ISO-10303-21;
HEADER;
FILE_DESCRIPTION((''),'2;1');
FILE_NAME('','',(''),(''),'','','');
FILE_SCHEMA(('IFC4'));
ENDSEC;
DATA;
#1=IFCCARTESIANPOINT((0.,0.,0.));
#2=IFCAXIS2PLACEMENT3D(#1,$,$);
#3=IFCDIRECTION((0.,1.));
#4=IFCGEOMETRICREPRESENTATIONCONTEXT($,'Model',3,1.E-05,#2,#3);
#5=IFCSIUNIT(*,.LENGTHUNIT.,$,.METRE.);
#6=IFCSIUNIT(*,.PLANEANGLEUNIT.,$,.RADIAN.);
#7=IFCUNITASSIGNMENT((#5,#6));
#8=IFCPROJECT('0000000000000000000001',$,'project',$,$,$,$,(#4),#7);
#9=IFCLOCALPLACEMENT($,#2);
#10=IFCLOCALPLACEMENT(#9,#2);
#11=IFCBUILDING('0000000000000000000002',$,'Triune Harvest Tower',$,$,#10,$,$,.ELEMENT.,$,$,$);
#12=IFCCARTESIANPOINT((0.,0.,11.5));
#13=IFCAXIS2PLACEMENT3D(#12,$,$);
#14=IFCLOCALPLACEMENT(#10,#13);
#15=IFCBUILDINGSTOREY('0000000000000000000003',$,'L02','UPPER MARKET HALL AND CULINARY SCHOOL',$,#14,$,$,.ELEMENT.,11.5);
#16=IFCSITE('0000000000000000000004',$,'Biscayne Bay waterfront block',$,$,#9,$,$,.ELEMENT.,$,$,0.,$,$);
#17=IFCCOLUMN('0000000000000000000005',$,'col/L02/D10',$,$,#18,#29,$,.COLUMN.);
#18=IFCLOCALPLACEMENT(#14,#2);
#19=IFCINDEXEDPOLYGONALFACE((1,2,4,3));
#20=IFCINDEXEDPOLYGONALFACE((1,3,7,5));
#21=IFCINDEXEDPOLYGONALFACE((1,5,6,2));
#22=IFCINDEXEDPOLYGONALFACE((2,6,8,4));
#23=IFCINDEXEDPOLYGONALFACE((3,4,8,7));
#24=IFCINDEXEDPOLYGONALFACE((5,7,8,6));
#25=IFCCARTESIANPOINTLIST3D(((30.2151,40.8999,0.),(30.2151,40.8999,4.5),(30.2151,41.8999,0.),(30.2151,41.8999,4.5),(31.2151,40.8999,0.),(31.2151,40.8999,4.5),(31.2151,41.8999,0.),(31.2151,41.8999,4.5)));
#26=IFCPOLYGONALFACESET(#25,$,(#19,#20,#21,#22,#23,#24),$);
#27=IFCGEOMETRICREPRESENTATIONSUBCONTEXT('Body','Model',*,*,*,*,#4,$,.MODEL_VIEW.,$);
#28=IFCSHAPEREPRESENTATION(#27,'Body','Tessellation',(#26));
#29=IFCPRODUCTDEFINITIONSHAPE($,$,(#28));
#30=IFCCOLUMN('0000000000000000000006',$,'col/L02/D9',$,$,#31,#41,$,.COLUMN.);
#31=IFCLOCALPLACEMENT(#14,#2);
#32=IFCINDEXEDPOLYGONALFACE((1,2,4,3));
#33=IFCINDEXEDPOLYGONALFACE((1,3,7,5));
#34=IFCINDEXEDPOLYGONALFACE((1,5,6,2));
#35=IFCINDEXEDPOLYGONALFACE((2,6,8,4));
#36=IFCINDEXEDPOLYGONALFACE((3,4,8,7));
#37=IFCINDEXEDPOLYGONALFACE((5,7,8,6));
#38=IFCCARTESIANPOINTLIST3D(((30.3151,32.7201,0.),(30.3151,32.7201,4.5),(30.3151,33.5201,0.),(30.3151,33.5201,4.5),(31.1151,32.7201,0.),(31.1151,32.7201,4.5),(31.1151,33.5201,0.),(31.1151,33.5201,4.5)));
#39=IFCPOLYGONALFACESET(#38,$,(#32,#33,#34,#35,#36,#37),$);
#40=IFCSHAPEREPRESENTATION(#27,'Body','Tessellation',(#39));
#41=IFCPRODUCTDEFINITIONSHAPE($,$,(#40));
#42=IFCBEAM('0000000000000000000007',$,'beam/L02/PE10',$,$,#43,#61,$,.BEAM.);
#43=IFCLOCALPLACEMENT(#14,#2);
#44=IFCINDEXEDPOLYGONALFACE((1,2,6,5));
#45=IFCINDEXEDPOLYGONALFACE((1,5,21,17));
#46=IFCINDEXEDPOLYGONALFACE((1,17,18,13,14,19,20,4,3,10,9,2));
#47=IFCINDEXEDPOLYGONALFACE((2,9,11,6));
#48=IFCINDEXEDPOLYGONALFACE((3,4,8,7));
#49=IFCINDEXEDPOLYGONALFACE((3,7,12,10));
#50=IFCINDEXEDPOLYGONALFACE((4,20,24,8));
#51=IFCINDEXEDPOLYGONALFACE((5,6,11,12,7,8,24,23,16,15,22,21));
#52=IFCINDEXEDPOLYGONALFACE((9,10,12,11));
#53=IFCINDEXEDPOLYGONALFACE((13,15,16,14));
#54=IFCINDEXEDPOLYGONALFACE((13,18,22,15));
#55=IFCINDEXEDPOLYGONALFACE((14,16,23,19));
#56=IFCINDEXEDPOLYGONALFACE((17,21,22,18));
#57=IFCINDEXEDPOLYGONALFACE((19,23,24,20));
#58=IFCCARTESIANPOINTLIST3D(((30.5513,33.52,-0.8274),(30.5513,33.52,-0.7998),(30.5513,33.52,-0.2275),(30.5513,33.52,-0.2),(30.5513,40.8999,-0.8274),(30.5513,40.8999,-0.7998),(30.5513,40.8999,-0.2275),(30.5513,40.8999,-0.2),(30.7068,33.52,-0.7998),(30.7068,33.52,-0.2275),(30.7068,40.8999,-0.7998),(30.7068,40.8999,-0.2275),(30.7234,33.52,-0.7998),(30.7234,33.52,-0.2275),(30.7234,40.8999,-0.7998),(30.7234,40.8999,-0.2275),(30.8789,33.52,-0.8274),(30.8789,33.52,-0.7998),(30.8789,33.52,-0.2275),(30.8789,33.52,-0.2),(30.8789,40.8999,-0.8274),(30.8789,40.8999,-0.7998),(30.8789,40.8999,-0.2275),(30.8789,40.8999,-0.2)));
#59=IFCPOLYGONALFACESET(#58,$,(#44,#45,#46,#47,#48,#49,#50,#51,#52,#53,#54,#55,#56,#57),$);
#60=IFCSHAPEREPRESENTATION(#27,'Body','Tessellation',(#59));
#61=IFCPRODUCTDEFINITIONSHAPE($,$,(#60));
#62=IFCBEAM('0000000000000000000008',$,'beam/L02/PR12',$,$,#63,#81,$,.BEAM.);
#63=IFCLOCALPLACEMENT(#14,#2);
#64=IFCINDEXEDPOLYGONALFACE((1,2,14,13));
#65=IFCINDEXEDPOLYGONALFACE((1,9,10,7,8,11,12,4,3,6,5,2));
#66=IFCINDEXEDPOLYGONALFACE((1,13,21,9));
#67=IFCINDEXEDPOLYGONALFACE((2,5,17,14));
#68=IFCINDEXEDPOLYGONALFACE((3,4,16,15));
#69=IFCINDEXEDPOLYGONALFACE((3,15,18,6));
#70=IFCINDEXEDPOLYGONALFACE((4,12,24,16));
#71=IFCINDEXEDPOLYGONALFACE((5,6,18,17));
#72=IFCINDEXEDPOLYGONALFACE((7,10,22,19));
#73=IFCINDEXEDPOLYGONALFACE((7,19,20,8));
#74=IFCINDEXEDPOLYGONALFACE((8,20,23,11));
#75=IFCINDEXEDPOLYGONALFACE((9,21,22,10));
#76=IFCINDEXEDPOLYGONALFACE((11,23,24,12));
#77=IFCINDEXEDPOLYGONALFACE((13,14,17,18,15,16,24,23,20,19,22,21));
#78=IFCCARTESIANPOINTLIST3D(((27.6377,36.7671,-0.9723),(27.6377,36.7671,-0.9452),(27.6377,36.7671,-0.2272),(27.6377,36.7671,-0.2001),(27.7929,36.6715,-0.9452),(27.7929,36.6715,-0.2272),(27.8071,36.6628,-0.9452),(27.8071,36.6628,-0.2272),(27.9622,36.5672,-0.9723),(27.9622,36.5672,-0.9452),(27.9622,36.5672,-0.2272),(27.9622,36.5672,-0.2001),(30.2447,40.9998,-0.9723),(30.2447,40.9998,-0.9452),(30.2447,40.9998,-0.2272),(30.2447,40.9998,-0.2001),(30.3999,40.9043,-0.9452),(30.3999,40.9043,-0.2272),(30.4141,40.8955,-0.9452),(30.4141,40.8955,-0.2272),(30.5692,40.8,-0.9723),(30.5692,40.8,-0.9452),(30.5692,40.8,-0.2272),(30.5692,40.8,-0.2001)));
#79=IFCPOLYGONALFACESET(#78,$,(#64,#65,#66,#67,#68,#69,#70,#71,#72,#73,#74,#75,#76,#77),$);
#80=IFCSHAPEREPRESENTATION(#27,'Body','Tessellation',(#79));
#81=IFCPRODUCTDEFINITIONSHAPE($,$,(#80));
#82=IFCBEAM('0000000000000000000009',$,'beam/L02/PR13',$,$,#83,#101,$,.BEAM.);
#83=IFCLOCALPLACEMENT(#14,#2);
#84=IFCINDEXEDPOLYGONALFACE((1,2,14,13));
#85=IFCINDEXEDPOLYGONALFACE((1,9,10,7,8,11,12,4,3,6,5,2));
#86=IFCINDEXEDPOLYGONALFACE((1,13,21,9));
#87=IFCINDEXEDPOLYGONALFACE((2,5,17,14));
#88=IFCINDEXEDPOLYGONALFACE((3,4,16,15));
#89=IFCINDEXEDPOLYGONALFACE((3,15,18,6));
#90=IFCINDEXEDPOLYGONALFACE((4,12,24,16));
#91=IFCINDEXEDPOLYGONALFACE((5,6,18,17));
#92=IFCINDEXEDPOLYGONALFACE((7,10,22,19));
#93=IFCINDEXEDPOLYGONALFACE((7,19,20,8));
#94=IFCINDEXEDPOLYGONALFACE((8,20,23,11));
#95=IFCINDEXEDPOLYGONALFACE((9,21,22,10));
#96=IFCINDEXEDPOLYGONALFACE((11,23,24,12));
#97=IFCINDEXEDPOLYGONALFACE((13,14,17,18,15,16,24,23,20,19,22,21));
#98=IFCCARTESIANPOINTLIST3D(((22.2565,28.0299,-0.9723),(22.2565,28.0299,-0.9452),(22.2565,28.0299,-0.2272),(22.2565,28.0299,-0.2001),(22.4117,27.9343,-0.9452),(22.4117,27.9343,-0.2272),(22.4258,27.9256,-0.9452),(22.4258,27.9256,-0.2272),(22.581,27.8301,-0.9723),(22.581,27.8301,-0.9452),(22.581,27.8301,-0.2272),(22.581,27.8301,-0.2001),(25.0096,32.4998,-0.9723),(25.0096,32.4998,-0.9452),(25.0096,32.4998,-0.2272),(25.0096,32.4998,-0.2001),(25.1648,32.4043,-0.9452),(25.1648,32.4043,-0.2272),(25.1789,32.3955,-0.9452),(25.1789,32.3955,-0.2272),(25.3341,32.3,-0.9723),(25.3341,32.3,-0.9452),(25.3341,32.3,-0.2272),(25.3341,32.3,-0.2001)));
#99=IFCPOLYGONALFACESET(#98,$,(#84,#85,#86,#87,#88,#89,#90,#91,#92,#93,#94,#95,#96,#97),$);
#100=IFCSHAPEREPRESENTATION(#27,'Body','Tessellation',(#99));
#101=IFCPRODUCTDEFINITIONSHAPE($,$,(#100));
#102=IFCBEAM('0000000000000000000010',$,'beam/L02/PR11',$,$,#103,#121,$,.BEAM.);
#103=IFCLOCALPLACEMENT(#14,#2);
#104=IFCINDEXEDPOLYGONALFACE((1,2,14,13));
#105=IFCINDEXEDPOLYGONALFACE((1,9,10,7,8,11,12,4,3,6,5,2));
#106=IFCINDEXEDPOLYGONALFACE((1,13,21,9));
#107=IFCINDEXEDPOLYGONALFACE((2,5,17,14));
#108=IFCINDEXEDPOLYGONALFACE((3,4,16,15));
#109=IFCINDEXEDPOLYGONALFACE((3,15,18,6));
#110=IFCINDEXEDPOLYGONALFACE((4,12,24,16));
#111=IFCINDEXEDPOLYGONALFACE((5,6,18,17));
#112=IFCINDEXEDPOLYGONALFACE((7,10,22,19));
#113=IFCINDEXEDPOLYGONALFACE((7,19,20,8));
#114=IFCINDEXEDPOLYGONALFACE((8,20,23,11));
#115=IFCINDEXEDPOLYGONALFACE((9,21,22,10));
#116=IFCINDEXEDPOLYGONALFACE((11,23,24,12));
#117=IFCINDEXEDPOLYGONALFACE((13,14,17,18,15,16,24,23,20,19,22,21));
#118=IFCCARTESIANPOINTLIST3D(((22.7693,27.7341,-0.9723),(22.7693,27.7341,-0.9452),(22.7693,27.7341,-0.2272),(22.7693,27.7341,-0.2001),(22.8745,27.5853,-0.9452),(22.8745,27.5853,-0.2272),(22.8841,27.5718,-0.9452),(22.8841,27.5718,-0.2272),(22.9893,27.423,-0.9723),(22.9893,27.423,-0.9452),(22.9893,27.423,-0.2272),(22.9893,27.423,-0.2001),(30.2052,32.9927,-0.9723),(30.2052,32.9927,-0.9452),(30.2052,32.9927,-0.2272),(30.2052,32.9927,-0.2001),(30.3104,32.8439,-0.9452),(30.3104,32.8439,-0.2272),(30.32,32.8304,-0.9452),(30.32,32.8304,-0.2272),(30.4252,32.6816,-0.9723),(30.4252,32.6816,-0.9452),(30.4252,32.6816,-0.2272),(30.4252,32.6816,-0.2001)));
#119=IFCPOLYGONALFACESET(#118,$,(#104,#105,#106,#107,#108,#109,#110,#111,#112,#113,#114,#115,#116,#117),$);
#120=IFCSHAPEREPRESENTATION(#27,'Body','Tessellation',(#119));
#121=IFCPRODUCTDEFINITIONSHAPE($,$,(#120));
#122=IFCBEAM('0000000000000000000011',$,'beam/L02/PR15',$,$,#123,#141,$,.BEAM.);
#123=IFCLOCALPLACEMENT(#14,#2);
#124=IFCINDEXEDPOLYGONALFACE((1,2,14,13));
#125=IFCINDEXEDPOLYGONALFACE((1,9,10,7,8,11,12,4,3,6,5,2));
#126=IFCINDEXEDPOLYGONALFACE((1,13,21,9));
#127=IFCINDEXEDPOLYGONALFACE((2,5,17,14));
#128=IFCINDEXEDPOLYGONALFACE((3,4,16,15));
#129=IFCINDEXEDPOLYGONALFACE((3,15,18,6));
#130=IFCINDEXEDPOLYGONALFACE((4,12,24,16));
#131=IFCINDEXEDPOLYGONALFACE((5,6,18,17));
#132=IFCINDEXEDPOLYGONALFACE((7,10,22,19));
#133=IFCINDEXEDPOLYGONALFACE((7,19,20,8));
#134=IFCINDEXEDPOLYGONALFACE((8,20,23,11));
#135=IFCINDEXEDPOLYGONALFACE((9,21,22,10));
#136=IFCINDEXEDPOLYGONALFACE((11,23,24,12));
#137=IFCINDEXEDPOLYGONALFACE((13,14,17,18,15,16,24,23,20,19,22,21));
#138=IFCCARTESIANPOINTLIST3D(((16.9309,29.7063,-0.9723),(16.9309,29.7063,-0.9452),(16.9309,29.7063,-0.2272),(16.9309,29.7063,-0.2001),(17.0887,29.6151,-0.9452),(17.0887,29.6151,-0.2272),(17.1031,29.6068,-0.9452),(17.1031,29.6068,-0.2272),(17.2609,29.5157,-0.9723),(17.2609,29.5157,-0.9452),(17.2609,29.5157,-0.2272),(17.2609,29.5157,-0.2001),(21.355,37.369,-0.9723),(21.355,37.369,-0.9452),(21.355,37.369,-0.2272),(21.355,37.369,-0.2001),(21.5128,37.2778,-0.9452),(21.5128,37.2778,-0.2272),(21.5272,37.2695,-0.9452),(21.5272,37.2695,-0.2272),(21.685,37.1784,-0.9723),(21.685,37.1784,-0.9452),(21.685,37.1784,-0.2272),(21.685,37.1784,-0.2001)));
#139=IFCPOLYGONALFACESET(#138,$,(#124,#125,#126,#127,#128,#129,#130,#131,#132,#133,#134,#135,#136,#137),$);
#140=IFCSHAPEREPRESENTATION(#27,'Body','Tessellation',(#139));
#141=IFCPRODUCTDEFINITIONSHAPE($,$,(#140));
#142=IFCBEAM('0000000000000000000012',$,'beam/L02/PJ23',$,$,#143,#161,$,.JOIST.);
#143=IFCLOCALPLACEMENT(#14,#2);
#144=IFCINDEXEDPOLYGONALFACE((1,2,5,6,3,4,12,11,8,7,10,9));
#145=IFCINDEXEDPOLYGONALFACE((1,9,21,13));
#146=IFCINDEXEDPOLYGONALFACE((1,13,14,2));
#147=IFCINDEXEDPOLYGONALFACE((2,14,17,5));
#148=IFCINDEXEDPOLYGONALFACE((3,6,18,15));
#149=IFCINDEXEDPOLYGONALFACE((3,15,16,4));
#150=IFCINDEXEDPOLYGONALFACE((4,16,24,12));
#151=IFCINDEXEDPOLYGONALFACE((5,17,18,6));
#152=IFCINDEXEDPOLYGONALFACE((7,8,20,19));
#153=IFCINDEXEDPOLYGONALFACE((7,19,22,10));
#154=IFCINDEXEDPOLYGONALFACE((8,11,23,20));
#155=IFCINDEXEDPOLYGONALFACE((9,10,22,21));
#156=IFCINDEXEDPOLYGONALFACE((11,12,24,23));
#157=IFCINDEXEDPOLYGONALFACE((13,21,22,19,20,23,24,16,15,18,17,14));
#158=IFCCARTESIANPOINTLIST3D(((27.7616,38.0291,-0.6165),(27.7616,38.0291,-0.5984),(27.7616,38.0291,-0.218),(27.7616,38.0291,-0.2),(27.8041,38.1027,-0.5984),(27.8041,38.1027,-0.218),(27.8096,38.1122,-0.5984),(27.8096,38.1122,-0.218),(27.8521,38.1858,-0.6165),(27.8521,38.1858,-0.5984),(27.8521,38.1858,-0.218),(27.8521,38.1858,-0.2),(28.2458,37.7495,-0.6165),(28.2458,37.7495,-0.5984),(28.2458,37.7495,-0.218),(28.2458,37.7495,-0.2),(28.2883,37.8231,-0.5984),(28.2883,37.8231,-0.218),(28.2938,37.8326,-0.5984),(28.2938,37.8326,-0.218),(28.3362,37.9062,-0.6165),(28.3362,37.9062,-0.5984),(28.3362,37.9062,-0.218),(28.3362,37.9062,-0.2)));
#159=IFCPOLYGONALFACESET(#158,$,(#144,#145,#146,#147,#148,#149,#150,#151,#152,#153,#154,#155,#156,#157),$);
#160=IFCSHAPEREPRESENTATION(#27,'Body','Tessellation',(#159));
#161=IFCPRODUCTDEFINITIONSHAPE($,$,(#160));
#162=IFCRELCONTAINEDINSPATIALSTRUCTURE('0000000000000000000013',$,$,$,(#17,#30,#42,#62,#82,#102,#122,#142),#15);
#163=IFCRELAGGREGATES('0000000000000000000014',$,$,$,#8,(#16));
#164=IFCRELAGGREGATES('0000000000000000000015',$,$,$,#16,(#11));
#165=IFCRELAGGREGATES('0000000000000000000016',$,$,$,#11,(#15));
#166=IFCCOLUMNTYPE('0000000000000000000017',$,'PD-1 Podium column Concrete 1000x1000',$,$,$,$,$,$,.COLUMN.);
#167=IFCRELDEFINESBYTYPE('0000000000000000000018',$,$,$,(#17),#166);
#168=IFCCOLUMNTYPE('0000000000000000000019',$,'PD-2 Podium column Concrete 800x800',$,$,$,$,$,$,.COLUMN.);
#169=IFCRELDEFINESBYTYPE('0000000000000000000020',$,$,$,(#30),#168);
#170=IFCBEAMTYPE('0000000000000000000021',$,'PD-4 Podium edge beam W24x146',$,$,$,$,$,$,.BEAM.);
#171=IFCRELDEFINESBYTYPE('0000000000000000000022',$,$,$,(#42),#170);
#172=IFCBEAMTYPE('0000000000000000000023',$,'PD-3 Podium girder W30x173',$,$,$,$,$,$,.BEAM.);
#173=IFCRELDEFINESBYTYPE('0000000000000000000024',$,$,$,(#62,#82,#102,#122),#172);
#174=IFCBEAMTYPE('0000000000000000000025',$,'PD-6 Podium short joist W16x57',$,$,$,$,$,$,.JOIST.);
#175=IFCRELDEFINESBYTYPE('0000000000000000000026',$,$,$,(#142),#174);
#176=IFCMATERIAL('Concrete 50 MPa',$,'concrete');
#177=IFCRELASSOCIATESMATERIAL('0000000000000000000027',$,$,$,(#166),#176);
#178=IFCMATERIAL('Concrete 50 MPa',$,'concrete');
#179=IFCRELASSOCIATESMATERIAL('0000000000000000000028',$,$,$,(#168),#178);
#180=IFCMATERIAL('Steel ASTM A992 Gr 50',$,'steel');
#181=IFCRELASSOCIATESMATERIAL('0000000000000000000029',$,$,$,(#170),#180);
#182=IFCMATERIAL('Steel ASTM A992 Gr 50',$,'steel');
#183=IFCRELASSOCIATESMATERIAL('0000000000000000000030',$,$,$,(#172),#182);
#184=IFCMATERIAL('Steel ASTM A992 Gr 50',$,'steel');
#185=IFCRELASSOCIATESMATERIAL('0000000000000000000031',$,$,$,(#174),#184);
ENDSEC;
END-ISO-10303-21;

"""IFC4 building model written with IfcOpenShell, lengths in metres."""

from ifc_helpers import new_model, si_unit, direction, frame, origin, origin_2d, place, context, subcontext, project, spatial, rectangle, i_section, extrude, source, transform, mapped, material, material_profile, profile_set, type_object, element, save


model = new_model("IFC4")

# Units and contexts
model_context = context("Model", 3, precision=1e-05, world=origin(), true_north=direction((0.0, 1.0)))
body_context = subcontext(model_context, "Body", "Model", "MODEL_VIEW")
ifc_project = project(units=[si_unit("LENGTHUNIT", "METRE"), si_unit("PLANEANGLEUNIT", "RADIAN")], contexts=[model_context])

# Site, building, storey
site_placement = place(None, origin())
site = spatial("IfcSite", under=ifc_project, at=site_placement, Name="Biscayne Bay waterfront block", CompositionType="ELEMENT", RefElevation=0.0)
building_placement = place(site_placement, origin())
building = spatial("IfcBuilding", under=site, at=building_placement, Name="Triune Harvest Tower", CompositionType="ELEMENT")
storey_placement = place(building_placement, frame((0.0, 0.0, 11.5)))
storey = spatial("IfcBuildingStorey", under=building, at=storey_placement, Name="L02", Description="UPPER MARKET HALL AND CULINARY SCHOOL", CompositionType="ELEMENT", Elevation=11.5)

# Columns
ifc_material_1 = material(Name="Concrete 50 MPa", Category="concrete")
ifc_material_profile_1 = material_profile(ifc_material_1, rectangle(XDim=1.0, YDim=1.0, at=origin_2d()), Name="Concrete 1000x1000")
ifc_profile_set_1 = profile_set([ifc_material_profile_1], Name="Concrete 50 MPa")
column_type_1 = type_object("IfcColumnType", Name="PD-1 Podium column Concrete 1000x1000", PredefinedType="COLUMN", material=ifc_profile_set_1)
shared_shape_1 = source(origin(), body_context, "Body", "SweptSolid", [
    extrude(rectangle(XDim=1.0, YDim=1.0, at=origin_2d()), origin(), (0.0, 0.0, 1.0), 4.5),
])
column_1_placement = place(storey_placement, frame((30.7151, 41.3999, 0.0), z_axis=(0.0, 0.0, 1.0), x_axis=(0.0, 1.0, 0.0)))
element("IfcColumn", 1, at=column_1_placement, inside=storey, type_object=column_type_1, Name="col/L02/D10", PredefinedType="COLUMN", context=body_context, shape_type="MappedRepresentation", body=[
    mapped(shared_shape_1, transform((0.0, 0.0, 0.0), scale=1.0)),
])
ifc_material_2 = material(Name="Concrete 50 MPa", Category="concrete")
ifc_material_profile_2 = material_profile(ifc_material_2, rectangle(XDim=0.8, YDim=0.8, at=origin_2d()), Name="Concrete 800x800")
ifc_profile_set_2 = profile_set([ifc_material_profile_2], Name="Concrete 50 MPa")
column_type_2 = type_object("IfcColumnType", Name="PD-2 Podium column Concrete 800x800", PredefinedType="COLUMN", material=ifc_profile_set_2)
shared_shape_2 = source(origin(), body_context, "Body", "SweptSolid", [
    extrude(rectangle(XDim=0.8, YDim=0.8, at=origin_2d()), origin(), (0.0, 0.0, 1.0), 4.5),
])
column_2_placement = place(storey_placement, frame((30.7151, 33.1201, 0.0), z_axis=(0.0, 0.0, 1.0), x_axis=(0.0, 1.0, 0.0)))
element("IfcColumn", 2, at=column_2_placement, inside=storey, type_object=column_type_2, Name="col/L02/D9", PredefinedType="COLUMN", context=body_context, shape_type="MappedRepresentation", body=[
    mapped(shared_shape_2, transform((0.0, 0.0, 0.0), scale=1.0)),
])

# Beams
ifc_material_3 = material(Name="Steel ASTM A992 Gr 50", Category="steel")
ifc_material_profile_3 = material_profile(ifc_material_3, i_section(OverallWidth=0.3276, OverallDepth=0.6274, WebThickness=0.0166, FlangeThickness=0.0276, at=origin_2d()), Name="W24x146")
ifc_profile_set_3 = profile_set([ifc_material_profile_3], Name="Steel ASTM A992 Gr 50")
beam_type_1 = type_object("IfcBeamType", Name="PD-4 Podium edge beam W24x146", PredefinedType="BEAM", material=ifc_profile_set_3)
shared_shape_3 = source(origin(), body_context, "Body", "SweptSolid", [
    extrude(i_section(OverallWidth=0.3276, OverallDepth=0.6274, WebThickness=0.0166, FlangeThickness=0.0276, at=origin_2d()), origin(), (0.0, 0.0, 1.0), 7.3799),
])
beam_1_placement = place(storey_placement, frame((30.7151, 33.52, -0.5137), z_axis=(0.0, 1.0, 0.0), x_axis=(-1.0, 0.0, 0.0)))
element("IfcBeam", 3, at=beam_1_placement, inside=storey, type_object=beam_type_1, Name="beam/L02/PE10", PredefinedType="BEAM", context=body_context, shape_type="MappedRepresentation", body=[
    mapped(shared_shape_3, transform((0.0, 0.0, 0.0), scale=1.0)),
])
ifc_material_4 = material(Name="Steel ASTM A992 Gr 50", Category="steel")
ifc_material_profile_4 = material_profile(ifc_material_4, i_section(OverallWidth=0.3811, OverallDepth=0.7722, WebThickness=0.0166, FlangeThickness=0.0271, at=origin_2d()), Name="W30x173")
ifc_profile_set_4 = profile_set([ifc_material_profile_4], Name="Steel ASTM A992 Gr 50")
beam_type_2 = type_object("IfcBeamType", Name="PD-3 Podium girder W30x173", PredefinedType="BEAM", material=ifc_profile_set_4)
shared_shape_4 = source(origin(), body_context, "Body", "SweptSolid", [
    extrude(i_section(OverallWidth=0.3811, OverallDepth=0.7722, WebThickness=0.0166, FlangeThickness=0.0271, at=origin_2d()), origin(), (0.0, 0.0, 1.0), 4.9712),
])
beam_2_placement = place(storey_placement, frame((30.407, 40.8999, -0.5862), z_axis=(-0.524421, -0.851459, 0.0), x_axis=(0.851459, -0.524421, 0.0)))
element("IfcBeam", 4, at=beam_2_placement, inside=storey, type_object=beam_type_2, Name="beam/L02/PR12", PredefinedType="BEAM", context=body_context, shape_type="MappedRepresentation", body=[
    mapped(shared_shape_4, transform((0.0, 0.0, 0.0), scale=1.0)),
])
shared_shape_5 = source(origin(), body_context, "Body", "SweptSolid", [
    extrude(i_section(OverallWidth=0.3811, OverallDepth=0.7722, WebThickness=0.0166, FlangeThickness=0.0271, at=origin_2d()), origin(), (0.0, 0.0, 1.0), 5.2498),
])
beam_3_placement = place(storey_placement, frame((25.1719, 32.3999, -0.5862), z_axis=(-0.524432, -0.851452, 0.0), x_axis=(0.851452, -0.524432, 0.0)))
element("IfcBeam", 5, at=beam_3_placement, inside=storey, type_object=beam_type_2, Name="beam/L02/PR13", PredefinedType="BEAM", context=body_context, shape_type="MappedRepresentation", body=[
    mapped(shared_shape_5, transform((0.0, 0.0, 0.0), scale=1.0)),
])
shared_shape_6 = source(origin(), body_context, "Body", "SweptSolid", [
    extrude(i_section(OverallWidth=0.3811, OverallDepth=0.7722, WebThickness=0.0166, FlangeThickness=0.0271, at=origin_2d()), origin(), (0.0, 0.0, 1.0), 9.1074),
])
beam_4_placement = place(storey_placement, frame((30.3152, 32.8372, -0.5862), z_axis=(-0.816463, -0.577398, 0.0), x_axis=(0.577398, -0.816463, 0.0)))
element("IfcBeam", 6, at=beam_4_placement, inside=storey, type_object=beam_type_2, Name="beam/L02/PR11", PredefinedType="BEAM", context=body_context, shape_type="MappedRepresentation", body=[
    mapped(shared_shape_6, transform((0.0, 0.0, 0.0), scale=1.0)),
])
shared_shape_7 = source(origin(), body_context, "Body", "SweptSolid", [
    extrude(i_section(OverallWidth=0.3811, OverallDepth=0.7722, WebThickness=0.0166, FlangeThickness=0.0271, at=origin_2d()), origin(), (0.0, 0.0, 1.0), 8.8481),
])
beam_5_placement = place(storey_placement, frame((21.52, 37.2737, -0.5862), z_axis=(-0.500006, -0.866022, 0.0), x_axis=(0.866022, -0.500006, 0.0)))
element("IfcBeam", 7, at=beam_5_placement, inside=storey, type_object=beam_type_2, Name="beam/L02/PR15", PredefinedType="BEAM", context=body_context, shape_type="MappedRepresentation", body=[
    mapped(shared_shape_7, transform((0.0, 0.0, 0.0), scale=1.0)),
])
ifc_material_5 = material(Name="Steel ASTM A992 Gr 50", Category="steel")
ifc_material_profile_5 = material_profile(ifc_material_5, i_section(OverallWidth=0.1809, OverallDepth=0.4165, WebThickness=0.011, FlangeThickness=0.0181, at=origin_2d()), Name="W16x57")
ifc_profile_set_5 = profile_set([ifc_material_profile_5], Name="Steel ASTM A992 Gr 50")
beam_type_3 = type_object("IfcBeamType", Name="PD-6 Podium short joist W16x57", PredefinedType="JOIST", material=ifc_profile_set_5)
shared_shape_8 = source(origin(), body_context, "Body", "SweptSolid", [
    extrude(i_section(OverallWidth=0.1809, OverallDepth=0.4165, WebThickness=0.011, FlangeThickness=0.0181, at=origin_2d()), origin(), (0.0, 0.0, 1.0), 0.5591),
])
beam_6_placement = place(storey_placement, frame((28.291, 37.8279, -0.4082), z_axis=(-0.866004, 0.500037, 0.0), x_axis=(-0.500037, -0.866004, 0.0)))
element("IfcBeam", 8, at=beam_6_placement, inside=storey, type_object=beam_type_3, Name="beam/L02/PJ23", PredefinedType="JOIST", context=body_context, shape_type="MappedRepresentation", body=[
    mapped(shared_shape_8, transform((0.0, 0.0, 0.0), scale=1.0)),
])

save(model, "model.ifc")
